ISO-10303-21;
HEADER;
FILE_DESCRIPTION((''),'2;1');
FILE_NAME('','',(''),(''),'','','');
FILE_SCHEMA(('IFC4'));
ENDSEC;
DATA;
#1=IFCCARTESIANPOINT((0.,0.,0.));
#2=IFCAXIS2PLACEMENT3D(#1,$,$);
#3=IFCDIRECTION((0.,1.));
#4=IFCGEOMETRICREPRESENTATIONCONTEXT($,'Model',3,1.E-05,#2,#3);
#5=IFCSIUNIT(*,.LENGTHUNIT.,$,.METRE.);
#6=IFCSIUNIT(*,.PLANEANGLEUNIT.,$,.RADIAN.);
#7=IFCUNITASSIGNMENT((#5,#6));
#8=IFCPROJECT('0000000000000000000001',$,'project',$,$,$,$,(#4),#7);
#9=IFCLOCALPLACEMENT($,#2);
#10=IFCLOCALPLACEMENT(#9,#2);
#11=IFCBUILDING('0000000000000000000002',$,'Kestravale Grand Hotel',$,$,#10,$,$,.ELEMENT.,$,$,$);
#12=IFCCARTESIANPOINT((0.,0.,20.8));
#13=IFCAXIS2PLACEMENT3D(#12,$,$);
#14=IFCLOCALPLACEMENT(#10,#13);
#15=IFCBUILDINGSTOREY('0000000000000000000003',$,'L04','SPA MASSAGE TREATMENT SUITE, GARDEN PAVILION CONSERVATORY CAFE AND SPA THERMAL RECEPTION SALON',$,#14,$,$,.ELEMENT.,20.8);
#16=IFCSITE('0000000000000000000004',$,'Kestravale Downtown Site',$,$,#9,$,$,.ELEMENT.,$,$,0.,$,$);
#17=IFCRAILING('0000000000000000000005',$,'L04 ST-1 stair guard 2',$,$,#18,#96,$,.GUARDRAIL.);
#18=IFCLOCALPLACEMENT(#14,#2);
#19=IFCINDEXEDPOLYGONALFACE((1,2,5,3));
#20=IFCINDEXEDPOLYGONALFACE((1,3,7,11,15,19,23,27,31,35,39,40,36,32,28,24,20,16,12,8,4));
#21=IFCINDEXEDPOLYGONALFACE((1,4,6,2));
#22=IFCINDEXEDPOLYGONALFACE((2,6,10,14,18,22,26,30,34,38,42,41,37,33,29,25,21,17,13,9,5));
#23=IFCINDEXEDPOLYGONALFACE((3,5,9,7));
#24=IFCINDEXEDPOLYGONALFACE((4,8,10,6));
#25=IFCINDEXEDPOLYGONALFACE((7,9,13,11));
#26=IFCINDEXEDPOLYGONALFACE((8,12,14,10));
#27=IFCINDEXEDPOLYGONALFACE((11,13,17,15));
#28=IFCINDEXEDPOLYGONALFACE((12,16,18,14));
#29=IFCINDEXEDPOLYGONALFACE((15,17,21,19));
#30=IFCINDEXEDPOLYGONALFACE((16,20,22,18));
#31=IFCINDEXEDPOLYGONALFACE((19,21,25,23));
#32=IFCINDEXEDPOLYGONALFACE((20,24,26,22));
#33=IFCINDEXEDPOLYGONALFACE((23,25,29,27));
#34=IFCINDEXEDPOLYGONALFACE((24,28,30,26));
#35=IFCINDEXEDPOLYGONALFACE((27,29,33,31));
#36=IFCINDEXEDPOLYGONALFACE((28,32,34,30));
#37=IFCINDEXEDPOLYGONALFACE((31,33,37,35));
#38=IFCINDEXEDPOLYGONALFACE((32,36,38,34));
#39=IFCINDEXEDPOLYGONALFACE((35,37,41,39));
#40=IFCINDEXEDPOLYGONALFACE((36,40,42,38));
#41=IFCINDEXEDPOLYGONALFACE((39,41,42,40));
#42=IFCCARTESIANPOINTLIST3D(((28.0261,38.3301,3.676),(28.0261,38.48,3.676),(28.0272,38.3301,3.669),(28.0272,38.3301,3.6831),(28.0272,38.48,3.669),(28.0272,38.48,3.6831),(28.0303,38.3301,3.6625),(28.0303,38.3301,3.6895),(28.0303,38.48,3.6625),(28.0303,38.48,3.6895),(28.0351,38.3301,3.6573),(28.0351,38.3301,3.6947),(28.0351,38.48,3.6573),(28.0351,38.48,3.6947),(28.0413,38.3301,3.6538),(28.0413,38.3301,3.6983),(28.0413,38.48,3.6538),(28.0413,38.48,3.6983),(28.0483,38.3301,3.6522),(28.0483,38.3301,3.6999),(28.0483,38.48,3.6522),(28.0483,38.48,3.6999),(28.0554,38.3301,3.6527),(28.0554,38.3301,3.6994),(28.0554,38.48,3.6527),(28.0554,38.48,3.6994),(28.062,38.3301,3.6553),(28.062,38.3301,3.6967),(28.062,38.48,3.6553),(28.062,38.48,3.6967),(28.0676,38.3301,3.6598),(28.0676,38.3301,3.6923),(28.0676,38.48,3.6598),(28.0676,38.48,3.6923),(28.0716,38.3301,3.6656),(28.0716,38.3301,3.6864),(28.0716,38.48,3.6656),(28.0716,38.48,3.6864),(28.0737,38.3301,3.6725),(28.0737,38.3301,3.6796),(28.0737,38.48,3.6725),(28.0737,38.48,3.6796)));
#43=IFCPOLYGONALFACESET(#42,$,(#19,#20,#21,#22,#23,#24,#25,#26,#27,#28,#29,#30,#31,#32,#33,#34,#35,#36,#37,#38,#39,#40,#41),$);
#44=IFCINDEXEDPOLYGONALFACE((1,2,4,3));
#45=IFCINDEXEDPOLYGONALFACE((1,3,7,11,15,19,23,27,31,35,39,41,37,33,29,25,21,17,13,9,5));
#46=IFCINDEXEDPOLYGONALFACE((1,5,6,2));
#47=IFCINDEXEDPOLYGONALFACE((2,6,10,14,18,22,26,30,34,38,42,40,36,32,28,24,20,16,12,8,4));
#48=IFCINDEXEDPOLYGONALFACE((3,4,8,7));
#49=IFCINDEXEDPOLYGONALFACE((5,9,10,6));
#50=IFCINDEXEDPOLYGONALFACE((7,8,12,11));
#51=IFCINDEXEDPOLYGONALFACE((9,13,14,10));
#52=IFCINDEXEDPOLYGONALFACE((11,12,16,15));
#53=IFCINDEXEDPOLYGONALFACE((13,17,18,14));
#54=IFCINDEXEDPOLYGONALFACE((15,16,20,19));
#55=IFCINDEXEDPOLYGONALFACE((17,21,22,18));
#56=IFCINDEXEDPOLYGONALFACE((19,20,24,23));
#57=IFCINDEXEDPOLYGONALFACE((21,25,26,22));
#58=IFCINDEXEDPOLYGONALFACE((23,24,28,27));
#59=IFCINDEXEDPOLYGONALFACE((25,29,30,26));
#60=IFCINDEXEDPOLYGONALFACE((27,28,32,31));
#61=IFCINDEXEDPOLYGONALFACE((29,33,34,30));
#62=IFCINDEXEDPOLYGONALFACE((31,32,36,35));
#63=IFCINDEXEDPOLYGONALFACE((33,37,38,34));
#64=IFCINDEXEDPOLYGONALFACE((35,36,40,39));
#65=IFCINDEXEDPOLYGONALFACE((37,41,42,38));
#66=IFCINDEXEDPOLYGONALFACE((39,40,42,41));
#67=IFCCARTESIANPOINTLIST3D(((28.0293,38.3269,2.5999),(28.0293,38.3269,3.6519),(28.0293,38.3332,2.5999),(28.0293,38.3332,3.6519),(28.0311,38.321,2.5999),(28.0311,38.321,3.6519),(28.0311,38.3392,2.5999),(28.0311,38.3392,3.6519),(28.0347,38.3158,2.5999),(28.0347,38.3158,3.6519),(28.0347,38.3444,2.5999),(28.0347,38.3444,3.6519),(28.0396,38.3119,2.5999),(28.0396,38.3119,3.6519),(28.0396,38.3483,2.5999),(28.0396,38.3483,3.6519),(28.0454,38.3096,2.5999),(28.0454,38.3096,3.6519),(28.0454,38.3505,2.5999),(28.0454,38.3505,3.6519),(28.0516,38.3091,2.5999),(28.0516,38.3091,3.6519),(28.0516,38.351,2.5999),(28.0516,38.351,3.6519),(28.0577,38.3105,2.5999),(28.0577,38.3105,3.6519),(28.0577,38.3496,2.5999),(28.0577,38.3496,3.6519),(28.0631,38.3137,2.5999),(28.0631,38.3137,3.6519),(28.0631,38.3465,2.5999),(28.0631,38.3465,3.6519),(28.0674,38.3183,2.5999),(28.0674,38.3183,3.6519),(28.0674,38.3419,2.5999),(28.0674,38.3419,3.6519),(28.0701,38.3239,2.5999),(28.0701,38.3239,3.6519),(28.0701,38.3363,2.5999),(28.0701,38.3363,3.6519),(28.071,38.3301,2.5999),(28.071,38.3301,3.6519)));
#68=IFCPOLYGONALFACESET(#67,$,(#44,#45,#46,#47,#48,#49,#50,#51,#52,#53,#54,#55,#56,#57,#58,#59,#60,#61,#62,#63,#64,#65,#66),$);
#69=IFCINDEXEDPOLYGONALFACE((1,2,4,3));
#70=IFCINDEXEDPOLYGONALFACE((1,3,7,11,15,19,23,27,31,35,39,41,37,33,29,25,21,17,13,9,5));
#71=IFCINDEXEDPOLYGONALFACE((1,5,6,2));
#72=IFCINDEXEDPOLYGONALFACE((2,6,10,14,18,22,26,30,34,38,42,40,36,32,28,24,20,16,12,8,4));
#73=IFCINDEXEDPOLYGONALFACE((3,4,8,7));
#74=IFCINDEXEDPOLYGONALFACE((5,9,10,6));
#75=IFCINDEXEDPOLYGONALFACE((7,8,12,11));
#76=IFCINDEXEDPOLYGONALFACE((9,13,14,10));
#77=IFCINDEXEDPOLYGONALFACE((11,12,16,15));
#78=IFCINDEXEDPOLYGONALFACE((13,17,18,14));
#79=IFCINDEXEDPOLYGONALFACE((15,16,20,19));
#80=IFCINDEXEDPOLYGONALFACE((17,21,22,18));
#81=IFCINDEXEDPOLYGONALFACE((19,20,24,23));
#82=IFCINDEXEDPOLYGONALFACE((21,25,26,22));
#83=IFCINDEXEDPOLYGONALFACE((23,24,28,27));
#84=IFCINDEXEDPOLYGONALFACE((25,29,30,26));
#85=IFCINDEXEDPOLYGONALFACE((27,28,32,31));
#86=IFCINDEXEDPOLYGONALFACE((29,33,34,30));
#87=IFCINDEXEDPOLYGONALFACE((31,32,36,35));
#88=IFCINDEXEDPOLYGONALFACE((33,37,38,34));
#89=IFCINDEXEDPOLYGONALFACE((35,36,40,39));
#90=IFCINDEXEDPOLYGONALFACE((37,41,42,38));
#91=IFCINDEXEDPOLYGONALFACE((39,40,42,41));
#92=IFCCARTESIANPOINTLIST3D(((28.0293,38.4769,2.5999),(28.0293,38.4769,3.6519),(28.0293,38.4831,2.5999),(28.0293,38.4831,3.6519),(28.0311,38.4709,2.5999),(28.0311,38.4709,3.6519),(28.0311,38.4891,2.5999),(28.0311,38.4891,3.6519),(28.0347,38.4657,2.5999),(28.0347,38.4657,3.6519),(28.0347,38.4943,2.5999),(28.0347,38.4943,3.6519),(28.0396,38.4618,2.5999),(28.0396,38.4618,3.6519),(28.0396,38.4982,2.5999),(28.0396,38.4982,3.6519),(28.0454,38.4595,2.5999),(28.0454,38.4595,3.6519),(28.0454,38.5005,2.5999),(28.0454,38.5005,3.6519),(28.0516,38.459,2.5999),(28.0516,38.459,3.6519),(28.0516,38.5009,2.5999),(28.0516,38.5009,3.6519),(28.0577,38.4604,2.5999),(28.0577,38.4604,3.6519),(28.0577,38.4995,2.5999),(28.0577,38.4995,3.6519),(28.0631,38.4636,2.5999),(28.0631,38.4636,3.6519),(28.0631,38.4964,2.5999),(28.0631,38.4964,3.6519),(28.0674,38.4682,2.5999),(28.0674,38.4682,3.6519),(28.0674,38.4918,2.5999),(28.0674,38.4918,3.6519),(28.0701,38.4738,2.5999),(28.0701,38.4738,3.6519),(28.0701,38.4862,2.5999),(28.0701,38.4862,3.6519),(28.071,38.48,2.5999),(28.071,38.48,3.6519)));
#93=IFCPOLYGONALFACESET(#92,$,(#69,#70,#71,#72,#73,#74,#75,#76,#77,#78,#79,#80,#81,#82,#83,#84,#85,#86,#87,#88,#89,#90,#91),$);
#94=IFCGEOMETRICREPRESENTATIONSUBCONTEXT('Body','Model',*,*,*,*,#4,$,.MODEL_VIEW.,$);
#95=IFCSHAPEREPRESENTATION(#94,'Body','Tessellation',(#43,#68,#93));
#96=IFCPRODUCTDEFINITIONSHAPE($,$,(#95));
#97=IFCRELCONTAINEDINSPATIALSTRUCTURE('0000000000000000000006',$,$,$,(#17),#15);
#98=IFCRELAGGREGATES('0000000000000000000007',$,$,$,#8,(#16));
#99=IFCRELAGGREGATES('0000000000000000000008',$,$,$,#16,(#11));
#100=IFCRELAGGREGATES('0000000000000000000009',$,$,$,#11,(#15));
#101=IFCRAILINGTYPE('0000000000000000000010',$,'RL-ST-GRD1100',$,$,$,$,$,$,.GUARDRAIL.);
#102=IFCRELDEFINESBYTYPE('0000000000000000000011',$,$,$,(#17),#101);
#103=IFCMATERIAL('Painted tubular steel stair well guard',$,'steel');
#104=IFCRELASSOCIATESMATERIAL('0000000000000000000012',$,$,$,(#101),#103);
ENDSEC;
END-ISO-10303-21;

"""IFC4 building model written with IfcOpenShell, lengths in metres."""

from ifc_helpers import new_model, si_unit, direction, frame, origin, origin_2d, place, context, subcontext, project, spatial, circle, extrude, material, type_object, element, save


model = new_model("IFC4")

# Units and contexts
model_context = context("Model", 3, precision=1e-05, world=origin(), true_north=direction((0.0, 1.0)))
body_context = subcontext(model_context, "Body", "Model", "MODEL_VIEW")
ifc_project = project(units=[si_unit("LENGTHUNIT", "METRE"), si_unit("PLANEANGLEUNIT", "RADIAN")], contexts=[model_context])

# Site, building, storey
site_placement = place(None, origin())
site = spatial("IfcSite", under=ifc_project, at=site_placement, Name="Kestravale Downtown Site", CompositionType="ELEMENT", RefElevation=0.0)
building_placement = place(site_placement, origin())
building = spatial("IfcBuilding", under=site, at=building_placement, Name="Kestravale Grand Hotel", CompositionType="ELEMENT")
storey_placement = place(building_placement, frame((0.0, 0.0, 20.8)))
storey = spatial("IfcBuildingStorey", under=building, at=storey_placement, Name="L04", Description="SPA MASSAGE TREATMENT SUITE, GARDEN PAVILION CONSERVATORY CAFE AND SPA THERMAL RECEPTION SALON", CompositionType="ELEMENT", Elevation=20.8)

# Railing
ifc_material_1 = material(Name="Painted tubular steel stair well guard", Category="steel")
railing_type_1 = type_object("IfcRailingType", Name="RL-ST-GRD1100", PredefinedType="GUARDRAIL", material=ifc_material_1)
railing_1_placement = place(storey_placement, frame((28.05, 38.3301, 2.5999)))
element("IfcRailing", 1, at=railing_1_placement, inside=storey, type_object=railing_type_1, Name="L04 ST-1 stair guard 2", PredefinedType="GUARDRAIL", context=body_context, shape_type="SweptSolid", body=[
    extrude(circle(Radius=0.0239, at=origin_2d()), frame((0.0, 0.0, 1.0762), z_axis=(0.0, 1.0, 0.0), x_axis=(-1.0, 0.0, 0.0)), (0.0, 0.0, 1.0), 0.1499),
    extrude(circle(Radius=0.021, at=origin_2d()), origin(), (0.0, 0.0, 1.0), 1.052),
    extrude(circle(Radius=0.021, at=origin_2d()), frame((0.0, 0.1499, 0.0)), (0.0, 0.0, 1.0), 1.052),
])

save(model, "model.ifc")
